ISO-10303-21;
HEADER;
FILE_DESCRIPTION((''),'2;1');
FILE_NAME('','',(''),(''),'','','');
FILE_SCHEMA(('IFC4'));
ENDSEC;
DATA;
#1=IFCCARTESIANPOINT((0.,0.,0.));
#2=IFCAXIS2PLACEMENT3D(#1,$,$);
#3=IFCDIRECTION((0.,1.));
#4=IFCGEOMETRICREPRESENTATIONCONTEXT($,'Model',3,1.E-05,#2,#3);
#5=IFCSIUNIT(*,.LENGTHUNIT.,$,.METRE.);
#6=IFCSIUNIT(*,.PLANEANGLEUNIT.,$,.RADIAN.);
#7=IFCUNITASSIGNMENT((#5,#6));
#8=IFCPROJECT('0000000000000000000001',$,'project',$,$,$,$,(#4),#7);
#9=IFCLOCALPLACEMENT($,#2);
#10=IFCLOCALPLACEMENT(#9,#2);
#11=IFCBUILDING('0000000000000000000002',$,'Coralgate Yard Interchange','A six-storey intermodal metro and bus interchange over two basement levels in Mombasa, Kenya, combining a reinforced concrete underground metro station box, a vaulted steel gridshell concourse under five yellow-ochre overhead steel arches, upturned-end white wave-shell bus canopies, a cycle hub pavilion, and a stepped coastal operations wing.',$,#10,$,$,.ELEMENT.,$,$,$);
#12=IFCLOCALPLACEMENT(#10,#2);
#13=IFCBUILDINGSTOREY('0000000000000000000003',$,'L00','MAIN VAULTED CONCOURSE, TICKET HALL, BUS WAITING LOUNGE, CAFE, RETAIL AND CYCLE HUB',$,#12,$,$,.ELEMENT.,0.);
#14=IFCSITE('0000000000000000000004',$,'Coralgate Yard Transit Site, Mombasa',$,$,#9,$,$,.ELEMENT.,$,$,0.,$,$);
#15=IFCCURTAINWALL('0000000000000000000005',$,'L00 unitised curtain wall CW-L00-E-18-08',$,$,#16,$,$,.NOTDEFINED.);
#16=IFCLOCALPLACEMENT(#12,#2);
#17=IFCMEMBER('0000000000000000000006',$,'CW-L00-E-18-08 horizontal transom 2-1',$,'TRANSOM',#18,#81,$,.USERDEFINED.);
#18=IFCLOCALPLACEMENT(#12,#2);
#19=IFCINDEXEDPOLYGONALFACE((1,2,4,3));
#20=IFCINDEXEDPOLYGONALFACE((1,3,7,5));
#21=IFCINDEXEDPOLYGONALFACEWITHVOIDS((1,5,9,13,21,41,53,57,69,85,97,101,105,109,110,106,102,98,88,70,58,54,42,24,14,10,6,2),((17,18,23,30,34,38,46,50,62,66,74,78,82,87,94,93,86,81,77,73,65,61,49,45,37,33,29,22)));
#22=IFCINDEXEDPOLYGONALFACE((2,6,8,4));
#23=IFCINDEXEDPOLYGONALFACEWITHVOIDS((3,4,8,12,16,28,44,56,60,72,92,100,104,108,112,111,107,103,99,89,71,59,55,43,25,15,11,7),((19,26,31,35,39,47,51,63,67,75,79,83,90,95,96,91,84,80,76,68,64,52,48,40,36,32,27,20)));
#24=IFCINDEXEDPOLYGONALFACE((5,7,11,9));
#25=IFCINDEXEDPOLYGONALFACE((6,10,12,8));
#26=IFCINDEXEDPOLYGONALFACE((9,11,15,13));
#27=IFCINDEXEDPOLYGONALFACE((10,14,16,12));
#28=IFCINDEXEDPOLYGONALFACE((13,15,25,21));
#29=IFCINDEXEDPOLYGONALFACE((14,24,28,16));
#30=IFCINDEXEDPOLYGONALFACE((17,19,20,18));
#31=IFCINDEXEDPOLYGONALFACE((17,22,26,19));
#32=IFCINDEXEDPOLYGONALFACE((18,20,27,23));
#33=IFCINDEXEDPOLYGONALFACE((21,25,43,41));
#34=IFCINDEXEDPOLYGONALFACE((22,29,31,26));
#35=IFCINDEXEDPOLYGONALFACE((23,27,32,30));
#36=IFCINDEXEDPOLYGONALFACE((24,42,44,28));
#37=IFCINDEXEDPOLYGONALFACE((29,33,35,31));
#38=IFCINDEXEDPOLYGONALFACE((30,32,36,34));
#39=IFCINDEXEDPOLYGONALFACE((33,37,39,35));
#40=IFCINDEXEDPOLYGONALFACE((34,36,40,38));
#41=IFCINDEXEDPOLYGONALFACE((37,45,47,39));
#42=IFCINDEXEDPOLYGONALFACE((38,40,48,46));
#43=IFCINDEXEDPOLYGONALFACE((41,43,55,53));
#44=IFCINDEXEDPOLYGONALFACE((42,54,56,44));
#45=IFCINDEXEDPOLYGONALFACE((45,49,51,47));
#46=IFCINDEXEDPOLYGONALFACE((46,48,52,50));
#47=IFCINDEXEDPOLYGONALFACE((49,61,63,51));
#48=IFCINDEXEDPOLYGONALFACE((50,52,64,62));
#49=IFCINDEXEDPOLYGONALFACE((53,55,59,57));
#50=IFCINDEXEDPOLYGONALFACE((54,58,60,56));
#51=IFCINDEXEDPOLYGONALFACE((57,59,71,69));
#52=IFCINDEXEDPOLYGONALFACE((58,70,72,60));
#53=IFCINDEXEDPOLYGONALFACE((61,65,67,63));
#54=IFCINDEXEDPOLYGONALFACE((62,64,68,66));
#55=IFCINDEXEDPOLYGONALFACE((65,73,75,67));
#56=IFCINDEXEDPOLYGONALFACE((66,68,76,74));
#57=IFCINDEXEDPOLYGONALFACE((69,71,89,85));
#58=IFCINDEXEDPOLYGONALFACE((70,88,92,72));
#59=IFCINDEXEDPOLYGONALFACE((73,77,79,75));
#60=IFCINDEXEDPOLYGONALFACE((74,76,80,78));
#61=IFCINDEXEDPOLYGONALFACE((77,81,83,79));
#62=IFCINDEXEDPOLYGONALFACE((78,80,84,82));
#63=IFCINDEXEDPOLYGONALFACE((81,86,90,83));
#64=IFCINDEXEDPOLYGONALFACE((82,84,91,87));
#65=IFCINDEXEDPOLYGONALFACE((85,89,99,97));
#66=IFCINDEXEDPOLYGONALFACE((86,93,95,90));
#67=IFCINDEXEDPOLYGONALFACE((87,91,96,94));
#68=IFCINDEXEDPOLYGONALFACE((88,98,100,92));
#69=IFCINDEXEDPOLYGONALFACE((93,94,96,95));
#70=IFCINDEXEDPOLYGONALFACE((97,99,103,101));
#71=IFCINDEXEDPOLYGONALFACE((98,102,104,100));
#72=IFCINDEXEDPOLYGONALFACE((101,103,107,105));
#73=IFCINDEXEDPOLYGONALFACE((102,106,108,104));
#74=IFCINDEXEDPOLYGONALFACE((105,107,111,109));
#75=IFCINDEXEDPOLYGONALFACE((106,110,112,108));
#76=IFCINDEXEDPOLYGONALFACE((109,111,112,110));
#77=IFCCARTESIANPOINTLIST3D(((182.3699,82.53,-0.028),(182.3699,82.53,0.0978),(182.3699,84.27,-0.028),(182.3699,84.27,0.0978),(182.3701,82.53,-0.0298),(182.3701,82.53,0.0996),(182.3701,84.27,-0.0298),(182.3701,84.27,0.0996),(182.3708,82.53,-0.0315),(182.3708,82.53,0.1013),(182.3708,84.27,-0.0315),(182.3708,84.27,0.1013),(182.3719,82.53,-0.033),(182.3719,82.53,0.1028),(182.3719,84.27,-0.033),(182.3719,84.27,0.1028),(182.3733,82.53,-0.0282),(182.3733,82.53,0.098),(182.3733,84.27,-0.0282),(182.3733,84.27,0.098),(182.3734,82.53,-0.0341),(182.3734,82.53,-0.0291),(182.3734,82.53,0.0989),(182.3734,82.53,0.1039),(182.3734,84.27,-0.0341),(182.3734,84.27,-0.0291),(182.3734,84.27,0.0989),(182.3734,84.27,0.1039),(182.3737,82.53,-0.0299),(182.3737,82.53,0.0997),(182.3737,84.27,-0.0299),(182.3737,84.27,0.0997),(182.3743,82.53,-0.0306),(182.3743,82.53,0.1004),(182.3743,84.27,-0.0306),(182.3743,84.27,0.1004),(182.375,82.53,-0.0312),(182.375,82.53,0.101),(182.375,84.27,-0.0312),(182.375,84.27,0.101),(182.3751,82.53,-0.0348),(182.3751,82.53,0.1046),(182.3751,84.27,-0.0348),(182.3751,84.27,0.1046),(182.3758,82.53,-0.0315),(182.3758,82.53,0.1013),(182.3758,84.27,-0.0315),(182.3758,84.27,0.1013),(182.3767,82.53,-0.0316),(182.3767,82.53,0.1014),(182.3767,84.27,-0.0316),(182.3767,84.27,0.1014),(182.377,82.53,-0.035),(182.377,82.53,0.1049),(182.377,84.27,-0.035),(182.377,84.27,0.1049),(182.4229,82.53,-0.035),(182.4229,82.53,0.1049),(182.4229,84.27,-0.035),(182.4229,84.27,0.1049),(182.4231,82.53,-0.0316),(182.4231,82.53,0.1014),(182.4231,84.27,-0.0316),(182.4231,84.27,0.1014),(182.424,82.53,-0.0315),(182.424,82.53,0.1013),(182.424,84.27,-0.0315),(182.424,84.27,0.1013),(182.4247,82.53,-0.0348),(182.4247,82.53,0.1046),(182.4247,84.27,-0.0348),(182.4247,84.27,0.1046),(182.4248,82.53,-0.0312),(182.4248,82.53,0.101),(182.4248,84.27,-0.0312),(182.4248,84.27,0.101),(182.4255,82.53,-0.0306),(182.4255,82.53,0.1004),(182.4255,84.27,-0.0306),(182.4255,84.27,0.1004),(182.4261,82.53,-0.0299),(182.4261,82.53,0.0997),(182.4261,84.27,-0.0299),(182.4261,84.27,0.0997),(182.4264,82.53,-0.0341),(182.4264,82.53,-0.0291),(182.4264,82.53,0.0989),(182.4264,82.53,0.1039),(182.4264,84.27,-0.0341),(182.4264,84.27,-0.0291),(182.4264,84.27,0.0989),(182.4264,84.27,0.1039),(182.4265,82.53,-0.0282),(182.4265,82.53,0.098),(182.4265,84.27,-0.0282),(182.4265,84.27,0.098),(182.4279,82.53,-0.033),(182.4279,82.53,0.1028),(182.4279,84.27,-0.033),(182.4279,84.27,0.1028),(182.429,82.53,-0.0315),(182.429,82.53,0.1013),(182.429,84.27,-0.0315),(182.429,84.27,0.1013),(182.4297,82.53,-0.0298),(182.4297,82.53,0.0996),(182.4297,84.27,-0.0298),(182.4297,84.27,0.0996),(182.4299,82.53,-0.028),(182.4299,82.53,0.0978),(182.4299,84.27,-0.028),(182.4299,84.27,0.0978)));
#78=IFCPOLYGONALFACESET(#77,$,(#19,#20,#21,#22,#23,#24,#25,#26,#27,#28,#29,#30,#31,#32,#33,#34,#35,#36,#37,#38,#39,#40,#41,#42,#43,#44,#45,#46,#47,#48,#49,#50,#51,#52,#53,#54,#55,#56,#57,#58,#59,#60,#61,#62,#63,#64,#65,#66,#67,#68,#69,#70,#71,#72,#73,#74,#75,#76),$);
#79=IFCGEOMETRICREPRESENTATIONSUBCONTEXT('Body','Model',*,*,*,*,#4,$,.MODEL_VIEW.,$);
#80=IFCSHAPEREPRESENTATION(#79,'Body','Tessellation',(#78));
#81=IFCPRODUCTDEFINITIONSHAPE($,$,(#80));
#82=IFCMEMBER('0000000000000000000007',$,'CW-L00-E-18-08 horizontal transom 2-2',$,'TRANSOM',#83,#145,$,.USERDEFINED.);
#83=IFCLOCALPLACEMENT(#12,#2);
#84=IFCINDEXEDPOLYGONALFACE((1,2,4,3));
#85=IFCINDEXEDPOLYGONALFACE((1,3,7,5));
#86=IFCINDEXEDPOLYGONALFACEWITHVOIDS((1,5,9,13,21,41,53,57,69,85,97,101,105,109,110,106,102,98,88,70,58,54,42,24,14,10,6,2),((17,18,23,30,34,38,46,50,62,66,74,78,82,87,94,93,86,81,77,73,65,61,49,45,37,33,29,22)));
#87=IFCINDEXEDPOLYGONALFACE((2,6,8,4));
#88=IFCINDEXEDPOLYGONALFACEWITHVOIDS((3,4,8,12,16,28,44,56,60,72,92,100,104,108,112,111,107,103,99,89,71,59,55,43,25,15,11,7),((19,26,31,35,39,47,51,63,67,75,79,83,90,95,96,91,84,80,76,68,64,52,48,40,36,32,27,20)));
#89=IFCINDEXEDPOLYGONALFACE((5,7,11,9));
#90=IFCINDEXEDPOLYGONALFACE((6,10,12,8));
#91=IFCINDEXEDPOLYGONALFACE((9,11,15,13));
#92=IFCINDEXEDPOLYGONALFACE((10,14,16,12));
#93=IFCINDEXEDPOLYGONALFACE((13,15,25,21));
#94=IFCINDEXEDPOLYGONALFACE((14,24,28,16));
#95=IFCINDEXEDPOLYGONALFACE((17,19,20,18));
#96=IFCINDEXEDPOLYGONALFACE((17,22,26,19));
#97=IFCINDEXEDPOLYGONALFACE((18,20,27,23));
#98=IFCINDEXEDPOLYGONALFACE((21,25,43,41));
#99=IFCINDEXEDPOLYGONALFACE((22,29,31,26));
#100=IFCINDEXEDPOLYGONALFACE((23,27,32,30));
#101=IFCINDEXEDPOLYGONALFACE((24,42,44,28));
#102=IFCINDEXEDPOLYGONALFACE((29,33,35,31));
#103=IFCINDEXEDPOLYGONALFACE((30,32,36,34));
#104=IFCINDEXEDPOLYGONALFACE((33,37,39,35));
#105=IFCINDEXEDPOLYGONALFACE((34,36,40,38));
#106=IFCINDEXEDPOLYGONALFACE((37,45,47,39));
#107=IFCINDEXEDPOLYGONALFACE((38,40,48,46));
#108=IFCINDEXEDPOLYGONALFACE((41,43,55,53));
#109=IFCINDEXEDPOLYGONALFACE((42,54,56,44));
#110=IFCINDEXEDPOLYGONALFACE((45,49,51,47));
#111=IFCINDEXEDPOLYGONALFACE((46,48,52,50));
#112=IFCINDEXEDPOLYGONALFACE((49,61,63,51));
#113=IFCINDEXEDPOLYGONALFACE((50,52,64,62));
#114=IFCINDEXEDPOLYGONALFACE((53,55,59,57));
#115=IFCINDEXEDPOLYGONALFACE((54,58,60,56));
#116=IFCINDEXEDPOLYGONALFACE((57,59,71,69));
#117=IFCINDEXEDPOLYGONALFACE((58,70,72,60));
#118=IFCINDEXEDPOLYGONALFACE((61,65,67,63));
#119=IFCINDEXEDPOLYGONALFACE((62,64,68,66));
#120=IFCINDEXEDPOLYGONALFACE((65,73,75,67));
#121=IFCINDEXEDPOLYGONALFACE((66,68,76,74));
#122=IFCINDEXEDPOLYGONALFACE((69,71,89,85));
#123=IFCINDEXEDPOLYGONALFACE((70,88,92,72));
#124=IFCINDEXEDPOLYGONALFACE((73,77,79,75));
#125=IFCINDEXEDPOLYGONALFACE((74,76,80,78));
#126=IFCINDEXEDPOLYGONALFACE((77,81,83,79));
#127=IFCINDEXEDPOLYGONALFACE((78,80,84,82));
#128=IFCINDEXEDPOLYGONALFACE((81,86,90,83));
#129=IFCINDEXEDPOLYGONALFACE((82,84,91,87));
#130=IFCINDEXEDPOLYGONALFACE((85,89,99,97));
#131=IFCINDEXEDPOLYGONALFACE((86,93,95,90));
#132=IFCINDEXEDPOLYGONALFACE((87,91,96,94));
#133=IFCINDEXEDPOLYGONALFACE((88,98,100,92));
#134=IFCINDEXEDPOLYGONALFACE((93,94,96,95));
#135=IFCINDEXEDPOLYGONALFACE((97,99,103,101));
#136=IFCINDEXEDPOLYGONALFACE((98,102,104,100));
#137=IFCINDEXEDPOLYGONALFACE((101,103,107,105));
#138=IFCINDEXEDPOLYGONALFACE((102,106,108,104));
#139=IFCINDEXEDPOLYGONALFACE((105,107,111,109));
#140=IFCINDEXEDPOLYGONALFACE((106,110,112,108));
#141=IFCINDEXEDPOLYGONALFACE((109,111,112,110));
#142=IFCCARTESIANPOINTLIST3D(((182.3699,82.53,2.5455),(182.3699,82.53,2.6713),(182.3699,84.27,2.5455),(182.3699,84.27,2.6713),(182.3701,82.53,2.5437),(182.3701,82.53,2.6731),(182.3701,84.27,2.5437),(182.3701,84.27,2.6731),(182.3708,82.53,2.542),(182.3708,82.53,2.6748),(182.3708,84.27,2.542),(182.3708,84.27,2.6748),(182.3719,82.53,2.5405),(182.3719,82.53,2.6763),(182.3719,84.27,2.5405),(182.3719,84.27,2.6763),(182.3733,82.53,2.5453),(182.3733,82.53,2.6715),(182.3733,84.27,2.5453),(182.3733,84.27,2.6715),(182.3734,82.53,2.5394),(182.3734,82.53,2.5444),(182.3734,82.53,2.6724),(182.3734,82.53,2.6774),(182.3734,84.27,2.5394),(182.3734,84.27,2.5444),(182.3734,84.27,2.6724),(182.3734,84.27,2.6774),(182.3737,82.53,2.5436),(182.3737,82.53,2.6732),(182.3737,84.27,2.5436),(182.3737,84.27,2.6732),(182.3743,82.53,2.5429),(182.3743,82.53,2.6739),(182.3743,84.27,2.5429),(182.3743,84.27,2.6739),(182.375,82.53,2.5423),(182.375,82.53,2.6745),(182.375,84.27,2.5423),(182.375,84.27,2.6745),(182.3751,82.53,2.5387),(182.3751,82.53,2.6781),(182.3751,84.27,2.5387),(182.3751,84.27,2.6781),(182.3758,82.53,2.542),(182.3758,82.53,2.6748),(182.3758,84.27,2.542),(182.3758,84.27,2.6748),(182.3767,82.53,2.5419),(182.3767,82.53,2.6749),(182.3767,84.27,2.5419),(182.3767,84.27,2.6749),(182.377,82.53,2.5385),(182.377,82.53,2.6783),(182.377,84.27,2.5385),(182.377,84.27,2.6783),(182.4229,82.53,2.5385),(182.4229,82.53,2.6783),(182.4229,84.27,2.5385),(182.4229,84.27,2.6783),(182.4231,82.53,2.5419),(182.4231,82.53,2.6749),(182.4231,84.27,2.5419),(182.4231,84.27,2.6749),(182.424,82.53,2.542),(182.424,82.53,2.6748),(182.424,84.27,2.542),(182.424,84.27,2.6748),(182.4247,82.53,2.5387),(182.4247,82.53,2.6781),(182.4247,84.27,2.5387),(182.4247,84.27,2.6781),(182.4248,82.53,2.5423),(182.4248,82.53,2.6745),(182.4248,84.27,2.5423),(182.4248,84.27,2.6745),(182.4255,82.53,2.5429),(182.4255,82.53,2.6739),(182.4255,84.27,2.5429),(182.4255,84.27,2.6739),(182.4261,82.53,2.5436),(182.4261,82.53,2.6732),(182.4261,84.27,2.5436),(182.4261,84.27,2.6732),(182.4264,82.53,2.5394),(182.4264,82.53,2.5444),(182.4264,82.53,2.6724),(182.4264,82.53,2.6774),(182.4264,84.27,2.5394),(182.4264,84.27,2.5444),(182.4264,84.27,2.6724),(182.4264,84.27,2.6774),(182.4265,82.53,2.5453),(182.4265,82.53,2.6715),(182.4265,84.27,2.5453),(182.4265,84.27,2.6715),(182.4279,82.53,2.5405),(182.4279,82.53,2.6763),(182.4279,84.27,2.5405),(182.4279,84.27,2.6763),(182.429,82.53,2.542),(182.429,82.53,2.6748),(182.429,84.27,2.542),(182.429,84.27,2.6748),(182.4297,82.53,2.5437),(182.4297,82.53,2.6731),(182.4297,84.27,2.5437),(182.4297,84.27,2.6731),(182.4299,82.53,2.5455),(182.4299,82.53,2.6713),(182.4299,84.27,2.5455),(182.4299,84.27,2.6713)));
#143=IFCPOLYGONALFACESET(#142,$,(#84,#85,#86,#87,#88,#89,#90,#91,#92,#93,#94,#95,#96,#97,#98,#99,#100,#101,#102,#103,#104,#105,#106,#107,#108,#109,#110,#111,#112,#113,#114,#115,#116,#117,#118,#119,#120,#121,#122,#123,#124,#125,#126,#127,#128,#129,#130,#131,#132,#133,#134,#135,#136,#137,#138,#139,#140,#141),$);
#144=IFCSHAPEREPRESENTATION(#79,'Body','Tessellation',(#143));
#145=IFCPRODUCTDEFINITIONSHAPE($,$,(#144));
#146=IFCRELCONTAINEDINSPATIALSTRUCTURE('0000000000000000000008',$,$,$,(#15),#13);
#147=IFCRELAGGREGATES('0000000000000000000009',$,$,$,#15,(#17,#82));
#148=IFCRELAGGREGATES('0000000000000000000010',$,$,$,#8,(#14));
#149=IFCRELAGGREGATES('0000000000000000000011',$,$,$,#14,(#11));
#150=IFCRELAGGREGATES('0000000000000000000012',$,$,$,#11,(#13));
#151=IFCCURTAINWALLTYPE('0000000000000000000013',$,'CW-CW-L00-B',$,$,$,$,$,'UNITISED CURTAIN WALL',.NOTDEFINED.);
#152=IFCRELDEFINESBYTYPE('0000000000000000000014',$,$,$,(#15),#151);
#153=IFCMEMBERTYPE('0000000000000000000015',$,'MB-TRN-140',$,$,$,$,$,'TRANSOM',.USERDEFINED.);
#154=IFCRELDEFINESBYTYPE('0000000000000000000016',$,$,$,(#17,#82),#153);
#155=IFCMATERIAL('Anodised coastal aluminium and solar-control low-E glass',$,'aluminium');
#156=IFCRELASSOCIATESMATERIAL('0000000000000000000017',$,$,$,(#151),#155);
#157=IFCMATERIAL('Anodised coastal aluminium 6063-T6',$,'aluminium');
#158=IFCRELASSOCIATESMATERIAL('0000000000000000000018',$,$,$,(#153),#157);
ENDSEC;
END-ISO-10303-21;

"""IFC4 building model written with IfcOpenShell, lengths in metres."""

from ifc_helpers import new_model, si_unit, direction, frame, origin, origin_2d, place, context, subcontext, project, spatial, hollow_rectangle, extrude, material, material_profile, profile_set, type_object, element, aggregate, save


model = new_model("IFC4")

# Units and contexts
model_context = context("Model", 3, precision=1e-05, world=origin(), true_north=direction((0.0, 1.0)))
body_context = subcontext(model_context, "Body", "Model", "MODEL_VIEW")
ifc_project = project(units=[si_unit("LENGTHUNIT", "METRE"), si_unit("PLANEANGLEUNIT", "RADIAN")], contexts=[model_context])

# Site, building, storey
site_placement = place(None, origin())
site = spatial("IfcSite", under=ifc_project, at=site_placement, Name="Coralgate Yard Transit Site, Mombasa", CompositionType="ELEMENT", RefElevation=0.0)
building_placement = place(site_placement, origin())
building = spatial("IfcBuilding", under=site, at=building_placement, Name="Coralgate Yard Interchange", Description="A six-storey intermodal metro and bus interchange over two basement levels in Mombasa, Kenya, combining a reinforced concrete underground metro station box, a vaulted steel gridshell concourse under five yellow-ochre overhead steel arches, upturned-end white wave-shell bus canopies, a cycle hub pavilion, and a stepped coastal operations wing.", CompositionType="ELEMENT")
storey_placement = place(building_placement, origin())
storey = spatial("IfcBuildingStorey", under=building, at=storey_placement, Name="L00", Description="MAIN VAULTED CONCOURSE, TICKET HALL, BUS WAITING LOUNGE, CAFE, RETAIL AND CYCLE HUB", CompositionType="ELEMENT", Elevation=0.0)

# Curtain wall, members
ifc_material_1 = material(Name="Anodised coastal aluminium and solar-control low-E glass", Category="aluminium")
curtain_wall_type = type_object("IfcCurtainWallType", Name="CW-CW-L00-B", ElementType="UNITISED CURTAIN WALL", PredefinedType="NOTDEFINED", material=ifc_material_1)
curtain_wall_placement = place(storey_placement, origin())
curtain_wall = element("IfcCurtainWall", 1, at=curtain_wall_placement, inside=storey, type_object=curtain_wall_type, Name="L00 unitised curtain wall CW-L00-E-18-08", PredefinedType="NOTDEFINED")
ifc_material_2 = material(Name="Anodised coastal aluminium 6063-T6", Category="aluminium")
ifc_material_profile_1 = material_profile(ifc_material_2, hollow_rectangle(XDim=0.0601, YDim=0.1399, WallThickness=0.0034, InnerFilletRadius=0.0034, OuterFilletRadius=0.0071, at=origin_2d()), Name="ALU 60x140x3.5")
ifc_profile_set_1 = profile_set([ifc_material_profile_1], Name="Anodised coastal aluminium 6063-T6")
member_type_1 = type_object("IfcMemberType", Name="MB-TRN-140", ElementType="TRANSOM", PredefinedType="USERDEFINED", material=ifc_profile_set_1)
member_1_placement = place(storey_placement, frame((182.3999, 84.27, 0.0349), z_axis=(0.0, -1.0, 0.0), x_axis=(1.0, 0.0, 0.0)))
member_1 = element("IfcMember", 2, at=member_1_placement, type_object=member_type_1, Name="CW-L00-E-18-08 horizontal transom 2-1", ObjectType="TRANSOM", PredefinedType="USERDEFINED", context=body_context, shape_type="SweptSolid", body=[
    extrude(hollow_rectangle(XDim=0.0601, YDim=0.1399, WallThickness=0.0034, InnerFilletRadius=0.0034, OuterFilletRadius=0.0071, at=origin_2d()), origin(), (0.0, 0.0, 1.0), 1.74),
])
member_2_placement = place(storey_placement, frame((182.3999, 84.27, 2.6084), z_axis=(0.0, -1.0, 0.0), x_axis=(1.0, 0.0, 0.0)))
member_2 = element("IfcMember", 3, at=member_2_placement, type_object=member_type_1, Name="CW-L00-E-18-08 horizontal transom 2-2", ObjectType="TRANSOM", PredefinedType="USERDEFINED", context=body_context, shape_type="SweptSolid", body=[
    extrude(hollow_rectangle(XDim=0.0601, YDim=0.1399, WallThickness=0.0034, InnerFilletRadius=0.0034, OuterFilletRadius=0.0071, at=origin_2d()), origin(), (0.0, 0.0, 1.0), 1.74),
])
aggregate(curtain_wall, [member_1, member_2])

save(model, "model.ifc")
